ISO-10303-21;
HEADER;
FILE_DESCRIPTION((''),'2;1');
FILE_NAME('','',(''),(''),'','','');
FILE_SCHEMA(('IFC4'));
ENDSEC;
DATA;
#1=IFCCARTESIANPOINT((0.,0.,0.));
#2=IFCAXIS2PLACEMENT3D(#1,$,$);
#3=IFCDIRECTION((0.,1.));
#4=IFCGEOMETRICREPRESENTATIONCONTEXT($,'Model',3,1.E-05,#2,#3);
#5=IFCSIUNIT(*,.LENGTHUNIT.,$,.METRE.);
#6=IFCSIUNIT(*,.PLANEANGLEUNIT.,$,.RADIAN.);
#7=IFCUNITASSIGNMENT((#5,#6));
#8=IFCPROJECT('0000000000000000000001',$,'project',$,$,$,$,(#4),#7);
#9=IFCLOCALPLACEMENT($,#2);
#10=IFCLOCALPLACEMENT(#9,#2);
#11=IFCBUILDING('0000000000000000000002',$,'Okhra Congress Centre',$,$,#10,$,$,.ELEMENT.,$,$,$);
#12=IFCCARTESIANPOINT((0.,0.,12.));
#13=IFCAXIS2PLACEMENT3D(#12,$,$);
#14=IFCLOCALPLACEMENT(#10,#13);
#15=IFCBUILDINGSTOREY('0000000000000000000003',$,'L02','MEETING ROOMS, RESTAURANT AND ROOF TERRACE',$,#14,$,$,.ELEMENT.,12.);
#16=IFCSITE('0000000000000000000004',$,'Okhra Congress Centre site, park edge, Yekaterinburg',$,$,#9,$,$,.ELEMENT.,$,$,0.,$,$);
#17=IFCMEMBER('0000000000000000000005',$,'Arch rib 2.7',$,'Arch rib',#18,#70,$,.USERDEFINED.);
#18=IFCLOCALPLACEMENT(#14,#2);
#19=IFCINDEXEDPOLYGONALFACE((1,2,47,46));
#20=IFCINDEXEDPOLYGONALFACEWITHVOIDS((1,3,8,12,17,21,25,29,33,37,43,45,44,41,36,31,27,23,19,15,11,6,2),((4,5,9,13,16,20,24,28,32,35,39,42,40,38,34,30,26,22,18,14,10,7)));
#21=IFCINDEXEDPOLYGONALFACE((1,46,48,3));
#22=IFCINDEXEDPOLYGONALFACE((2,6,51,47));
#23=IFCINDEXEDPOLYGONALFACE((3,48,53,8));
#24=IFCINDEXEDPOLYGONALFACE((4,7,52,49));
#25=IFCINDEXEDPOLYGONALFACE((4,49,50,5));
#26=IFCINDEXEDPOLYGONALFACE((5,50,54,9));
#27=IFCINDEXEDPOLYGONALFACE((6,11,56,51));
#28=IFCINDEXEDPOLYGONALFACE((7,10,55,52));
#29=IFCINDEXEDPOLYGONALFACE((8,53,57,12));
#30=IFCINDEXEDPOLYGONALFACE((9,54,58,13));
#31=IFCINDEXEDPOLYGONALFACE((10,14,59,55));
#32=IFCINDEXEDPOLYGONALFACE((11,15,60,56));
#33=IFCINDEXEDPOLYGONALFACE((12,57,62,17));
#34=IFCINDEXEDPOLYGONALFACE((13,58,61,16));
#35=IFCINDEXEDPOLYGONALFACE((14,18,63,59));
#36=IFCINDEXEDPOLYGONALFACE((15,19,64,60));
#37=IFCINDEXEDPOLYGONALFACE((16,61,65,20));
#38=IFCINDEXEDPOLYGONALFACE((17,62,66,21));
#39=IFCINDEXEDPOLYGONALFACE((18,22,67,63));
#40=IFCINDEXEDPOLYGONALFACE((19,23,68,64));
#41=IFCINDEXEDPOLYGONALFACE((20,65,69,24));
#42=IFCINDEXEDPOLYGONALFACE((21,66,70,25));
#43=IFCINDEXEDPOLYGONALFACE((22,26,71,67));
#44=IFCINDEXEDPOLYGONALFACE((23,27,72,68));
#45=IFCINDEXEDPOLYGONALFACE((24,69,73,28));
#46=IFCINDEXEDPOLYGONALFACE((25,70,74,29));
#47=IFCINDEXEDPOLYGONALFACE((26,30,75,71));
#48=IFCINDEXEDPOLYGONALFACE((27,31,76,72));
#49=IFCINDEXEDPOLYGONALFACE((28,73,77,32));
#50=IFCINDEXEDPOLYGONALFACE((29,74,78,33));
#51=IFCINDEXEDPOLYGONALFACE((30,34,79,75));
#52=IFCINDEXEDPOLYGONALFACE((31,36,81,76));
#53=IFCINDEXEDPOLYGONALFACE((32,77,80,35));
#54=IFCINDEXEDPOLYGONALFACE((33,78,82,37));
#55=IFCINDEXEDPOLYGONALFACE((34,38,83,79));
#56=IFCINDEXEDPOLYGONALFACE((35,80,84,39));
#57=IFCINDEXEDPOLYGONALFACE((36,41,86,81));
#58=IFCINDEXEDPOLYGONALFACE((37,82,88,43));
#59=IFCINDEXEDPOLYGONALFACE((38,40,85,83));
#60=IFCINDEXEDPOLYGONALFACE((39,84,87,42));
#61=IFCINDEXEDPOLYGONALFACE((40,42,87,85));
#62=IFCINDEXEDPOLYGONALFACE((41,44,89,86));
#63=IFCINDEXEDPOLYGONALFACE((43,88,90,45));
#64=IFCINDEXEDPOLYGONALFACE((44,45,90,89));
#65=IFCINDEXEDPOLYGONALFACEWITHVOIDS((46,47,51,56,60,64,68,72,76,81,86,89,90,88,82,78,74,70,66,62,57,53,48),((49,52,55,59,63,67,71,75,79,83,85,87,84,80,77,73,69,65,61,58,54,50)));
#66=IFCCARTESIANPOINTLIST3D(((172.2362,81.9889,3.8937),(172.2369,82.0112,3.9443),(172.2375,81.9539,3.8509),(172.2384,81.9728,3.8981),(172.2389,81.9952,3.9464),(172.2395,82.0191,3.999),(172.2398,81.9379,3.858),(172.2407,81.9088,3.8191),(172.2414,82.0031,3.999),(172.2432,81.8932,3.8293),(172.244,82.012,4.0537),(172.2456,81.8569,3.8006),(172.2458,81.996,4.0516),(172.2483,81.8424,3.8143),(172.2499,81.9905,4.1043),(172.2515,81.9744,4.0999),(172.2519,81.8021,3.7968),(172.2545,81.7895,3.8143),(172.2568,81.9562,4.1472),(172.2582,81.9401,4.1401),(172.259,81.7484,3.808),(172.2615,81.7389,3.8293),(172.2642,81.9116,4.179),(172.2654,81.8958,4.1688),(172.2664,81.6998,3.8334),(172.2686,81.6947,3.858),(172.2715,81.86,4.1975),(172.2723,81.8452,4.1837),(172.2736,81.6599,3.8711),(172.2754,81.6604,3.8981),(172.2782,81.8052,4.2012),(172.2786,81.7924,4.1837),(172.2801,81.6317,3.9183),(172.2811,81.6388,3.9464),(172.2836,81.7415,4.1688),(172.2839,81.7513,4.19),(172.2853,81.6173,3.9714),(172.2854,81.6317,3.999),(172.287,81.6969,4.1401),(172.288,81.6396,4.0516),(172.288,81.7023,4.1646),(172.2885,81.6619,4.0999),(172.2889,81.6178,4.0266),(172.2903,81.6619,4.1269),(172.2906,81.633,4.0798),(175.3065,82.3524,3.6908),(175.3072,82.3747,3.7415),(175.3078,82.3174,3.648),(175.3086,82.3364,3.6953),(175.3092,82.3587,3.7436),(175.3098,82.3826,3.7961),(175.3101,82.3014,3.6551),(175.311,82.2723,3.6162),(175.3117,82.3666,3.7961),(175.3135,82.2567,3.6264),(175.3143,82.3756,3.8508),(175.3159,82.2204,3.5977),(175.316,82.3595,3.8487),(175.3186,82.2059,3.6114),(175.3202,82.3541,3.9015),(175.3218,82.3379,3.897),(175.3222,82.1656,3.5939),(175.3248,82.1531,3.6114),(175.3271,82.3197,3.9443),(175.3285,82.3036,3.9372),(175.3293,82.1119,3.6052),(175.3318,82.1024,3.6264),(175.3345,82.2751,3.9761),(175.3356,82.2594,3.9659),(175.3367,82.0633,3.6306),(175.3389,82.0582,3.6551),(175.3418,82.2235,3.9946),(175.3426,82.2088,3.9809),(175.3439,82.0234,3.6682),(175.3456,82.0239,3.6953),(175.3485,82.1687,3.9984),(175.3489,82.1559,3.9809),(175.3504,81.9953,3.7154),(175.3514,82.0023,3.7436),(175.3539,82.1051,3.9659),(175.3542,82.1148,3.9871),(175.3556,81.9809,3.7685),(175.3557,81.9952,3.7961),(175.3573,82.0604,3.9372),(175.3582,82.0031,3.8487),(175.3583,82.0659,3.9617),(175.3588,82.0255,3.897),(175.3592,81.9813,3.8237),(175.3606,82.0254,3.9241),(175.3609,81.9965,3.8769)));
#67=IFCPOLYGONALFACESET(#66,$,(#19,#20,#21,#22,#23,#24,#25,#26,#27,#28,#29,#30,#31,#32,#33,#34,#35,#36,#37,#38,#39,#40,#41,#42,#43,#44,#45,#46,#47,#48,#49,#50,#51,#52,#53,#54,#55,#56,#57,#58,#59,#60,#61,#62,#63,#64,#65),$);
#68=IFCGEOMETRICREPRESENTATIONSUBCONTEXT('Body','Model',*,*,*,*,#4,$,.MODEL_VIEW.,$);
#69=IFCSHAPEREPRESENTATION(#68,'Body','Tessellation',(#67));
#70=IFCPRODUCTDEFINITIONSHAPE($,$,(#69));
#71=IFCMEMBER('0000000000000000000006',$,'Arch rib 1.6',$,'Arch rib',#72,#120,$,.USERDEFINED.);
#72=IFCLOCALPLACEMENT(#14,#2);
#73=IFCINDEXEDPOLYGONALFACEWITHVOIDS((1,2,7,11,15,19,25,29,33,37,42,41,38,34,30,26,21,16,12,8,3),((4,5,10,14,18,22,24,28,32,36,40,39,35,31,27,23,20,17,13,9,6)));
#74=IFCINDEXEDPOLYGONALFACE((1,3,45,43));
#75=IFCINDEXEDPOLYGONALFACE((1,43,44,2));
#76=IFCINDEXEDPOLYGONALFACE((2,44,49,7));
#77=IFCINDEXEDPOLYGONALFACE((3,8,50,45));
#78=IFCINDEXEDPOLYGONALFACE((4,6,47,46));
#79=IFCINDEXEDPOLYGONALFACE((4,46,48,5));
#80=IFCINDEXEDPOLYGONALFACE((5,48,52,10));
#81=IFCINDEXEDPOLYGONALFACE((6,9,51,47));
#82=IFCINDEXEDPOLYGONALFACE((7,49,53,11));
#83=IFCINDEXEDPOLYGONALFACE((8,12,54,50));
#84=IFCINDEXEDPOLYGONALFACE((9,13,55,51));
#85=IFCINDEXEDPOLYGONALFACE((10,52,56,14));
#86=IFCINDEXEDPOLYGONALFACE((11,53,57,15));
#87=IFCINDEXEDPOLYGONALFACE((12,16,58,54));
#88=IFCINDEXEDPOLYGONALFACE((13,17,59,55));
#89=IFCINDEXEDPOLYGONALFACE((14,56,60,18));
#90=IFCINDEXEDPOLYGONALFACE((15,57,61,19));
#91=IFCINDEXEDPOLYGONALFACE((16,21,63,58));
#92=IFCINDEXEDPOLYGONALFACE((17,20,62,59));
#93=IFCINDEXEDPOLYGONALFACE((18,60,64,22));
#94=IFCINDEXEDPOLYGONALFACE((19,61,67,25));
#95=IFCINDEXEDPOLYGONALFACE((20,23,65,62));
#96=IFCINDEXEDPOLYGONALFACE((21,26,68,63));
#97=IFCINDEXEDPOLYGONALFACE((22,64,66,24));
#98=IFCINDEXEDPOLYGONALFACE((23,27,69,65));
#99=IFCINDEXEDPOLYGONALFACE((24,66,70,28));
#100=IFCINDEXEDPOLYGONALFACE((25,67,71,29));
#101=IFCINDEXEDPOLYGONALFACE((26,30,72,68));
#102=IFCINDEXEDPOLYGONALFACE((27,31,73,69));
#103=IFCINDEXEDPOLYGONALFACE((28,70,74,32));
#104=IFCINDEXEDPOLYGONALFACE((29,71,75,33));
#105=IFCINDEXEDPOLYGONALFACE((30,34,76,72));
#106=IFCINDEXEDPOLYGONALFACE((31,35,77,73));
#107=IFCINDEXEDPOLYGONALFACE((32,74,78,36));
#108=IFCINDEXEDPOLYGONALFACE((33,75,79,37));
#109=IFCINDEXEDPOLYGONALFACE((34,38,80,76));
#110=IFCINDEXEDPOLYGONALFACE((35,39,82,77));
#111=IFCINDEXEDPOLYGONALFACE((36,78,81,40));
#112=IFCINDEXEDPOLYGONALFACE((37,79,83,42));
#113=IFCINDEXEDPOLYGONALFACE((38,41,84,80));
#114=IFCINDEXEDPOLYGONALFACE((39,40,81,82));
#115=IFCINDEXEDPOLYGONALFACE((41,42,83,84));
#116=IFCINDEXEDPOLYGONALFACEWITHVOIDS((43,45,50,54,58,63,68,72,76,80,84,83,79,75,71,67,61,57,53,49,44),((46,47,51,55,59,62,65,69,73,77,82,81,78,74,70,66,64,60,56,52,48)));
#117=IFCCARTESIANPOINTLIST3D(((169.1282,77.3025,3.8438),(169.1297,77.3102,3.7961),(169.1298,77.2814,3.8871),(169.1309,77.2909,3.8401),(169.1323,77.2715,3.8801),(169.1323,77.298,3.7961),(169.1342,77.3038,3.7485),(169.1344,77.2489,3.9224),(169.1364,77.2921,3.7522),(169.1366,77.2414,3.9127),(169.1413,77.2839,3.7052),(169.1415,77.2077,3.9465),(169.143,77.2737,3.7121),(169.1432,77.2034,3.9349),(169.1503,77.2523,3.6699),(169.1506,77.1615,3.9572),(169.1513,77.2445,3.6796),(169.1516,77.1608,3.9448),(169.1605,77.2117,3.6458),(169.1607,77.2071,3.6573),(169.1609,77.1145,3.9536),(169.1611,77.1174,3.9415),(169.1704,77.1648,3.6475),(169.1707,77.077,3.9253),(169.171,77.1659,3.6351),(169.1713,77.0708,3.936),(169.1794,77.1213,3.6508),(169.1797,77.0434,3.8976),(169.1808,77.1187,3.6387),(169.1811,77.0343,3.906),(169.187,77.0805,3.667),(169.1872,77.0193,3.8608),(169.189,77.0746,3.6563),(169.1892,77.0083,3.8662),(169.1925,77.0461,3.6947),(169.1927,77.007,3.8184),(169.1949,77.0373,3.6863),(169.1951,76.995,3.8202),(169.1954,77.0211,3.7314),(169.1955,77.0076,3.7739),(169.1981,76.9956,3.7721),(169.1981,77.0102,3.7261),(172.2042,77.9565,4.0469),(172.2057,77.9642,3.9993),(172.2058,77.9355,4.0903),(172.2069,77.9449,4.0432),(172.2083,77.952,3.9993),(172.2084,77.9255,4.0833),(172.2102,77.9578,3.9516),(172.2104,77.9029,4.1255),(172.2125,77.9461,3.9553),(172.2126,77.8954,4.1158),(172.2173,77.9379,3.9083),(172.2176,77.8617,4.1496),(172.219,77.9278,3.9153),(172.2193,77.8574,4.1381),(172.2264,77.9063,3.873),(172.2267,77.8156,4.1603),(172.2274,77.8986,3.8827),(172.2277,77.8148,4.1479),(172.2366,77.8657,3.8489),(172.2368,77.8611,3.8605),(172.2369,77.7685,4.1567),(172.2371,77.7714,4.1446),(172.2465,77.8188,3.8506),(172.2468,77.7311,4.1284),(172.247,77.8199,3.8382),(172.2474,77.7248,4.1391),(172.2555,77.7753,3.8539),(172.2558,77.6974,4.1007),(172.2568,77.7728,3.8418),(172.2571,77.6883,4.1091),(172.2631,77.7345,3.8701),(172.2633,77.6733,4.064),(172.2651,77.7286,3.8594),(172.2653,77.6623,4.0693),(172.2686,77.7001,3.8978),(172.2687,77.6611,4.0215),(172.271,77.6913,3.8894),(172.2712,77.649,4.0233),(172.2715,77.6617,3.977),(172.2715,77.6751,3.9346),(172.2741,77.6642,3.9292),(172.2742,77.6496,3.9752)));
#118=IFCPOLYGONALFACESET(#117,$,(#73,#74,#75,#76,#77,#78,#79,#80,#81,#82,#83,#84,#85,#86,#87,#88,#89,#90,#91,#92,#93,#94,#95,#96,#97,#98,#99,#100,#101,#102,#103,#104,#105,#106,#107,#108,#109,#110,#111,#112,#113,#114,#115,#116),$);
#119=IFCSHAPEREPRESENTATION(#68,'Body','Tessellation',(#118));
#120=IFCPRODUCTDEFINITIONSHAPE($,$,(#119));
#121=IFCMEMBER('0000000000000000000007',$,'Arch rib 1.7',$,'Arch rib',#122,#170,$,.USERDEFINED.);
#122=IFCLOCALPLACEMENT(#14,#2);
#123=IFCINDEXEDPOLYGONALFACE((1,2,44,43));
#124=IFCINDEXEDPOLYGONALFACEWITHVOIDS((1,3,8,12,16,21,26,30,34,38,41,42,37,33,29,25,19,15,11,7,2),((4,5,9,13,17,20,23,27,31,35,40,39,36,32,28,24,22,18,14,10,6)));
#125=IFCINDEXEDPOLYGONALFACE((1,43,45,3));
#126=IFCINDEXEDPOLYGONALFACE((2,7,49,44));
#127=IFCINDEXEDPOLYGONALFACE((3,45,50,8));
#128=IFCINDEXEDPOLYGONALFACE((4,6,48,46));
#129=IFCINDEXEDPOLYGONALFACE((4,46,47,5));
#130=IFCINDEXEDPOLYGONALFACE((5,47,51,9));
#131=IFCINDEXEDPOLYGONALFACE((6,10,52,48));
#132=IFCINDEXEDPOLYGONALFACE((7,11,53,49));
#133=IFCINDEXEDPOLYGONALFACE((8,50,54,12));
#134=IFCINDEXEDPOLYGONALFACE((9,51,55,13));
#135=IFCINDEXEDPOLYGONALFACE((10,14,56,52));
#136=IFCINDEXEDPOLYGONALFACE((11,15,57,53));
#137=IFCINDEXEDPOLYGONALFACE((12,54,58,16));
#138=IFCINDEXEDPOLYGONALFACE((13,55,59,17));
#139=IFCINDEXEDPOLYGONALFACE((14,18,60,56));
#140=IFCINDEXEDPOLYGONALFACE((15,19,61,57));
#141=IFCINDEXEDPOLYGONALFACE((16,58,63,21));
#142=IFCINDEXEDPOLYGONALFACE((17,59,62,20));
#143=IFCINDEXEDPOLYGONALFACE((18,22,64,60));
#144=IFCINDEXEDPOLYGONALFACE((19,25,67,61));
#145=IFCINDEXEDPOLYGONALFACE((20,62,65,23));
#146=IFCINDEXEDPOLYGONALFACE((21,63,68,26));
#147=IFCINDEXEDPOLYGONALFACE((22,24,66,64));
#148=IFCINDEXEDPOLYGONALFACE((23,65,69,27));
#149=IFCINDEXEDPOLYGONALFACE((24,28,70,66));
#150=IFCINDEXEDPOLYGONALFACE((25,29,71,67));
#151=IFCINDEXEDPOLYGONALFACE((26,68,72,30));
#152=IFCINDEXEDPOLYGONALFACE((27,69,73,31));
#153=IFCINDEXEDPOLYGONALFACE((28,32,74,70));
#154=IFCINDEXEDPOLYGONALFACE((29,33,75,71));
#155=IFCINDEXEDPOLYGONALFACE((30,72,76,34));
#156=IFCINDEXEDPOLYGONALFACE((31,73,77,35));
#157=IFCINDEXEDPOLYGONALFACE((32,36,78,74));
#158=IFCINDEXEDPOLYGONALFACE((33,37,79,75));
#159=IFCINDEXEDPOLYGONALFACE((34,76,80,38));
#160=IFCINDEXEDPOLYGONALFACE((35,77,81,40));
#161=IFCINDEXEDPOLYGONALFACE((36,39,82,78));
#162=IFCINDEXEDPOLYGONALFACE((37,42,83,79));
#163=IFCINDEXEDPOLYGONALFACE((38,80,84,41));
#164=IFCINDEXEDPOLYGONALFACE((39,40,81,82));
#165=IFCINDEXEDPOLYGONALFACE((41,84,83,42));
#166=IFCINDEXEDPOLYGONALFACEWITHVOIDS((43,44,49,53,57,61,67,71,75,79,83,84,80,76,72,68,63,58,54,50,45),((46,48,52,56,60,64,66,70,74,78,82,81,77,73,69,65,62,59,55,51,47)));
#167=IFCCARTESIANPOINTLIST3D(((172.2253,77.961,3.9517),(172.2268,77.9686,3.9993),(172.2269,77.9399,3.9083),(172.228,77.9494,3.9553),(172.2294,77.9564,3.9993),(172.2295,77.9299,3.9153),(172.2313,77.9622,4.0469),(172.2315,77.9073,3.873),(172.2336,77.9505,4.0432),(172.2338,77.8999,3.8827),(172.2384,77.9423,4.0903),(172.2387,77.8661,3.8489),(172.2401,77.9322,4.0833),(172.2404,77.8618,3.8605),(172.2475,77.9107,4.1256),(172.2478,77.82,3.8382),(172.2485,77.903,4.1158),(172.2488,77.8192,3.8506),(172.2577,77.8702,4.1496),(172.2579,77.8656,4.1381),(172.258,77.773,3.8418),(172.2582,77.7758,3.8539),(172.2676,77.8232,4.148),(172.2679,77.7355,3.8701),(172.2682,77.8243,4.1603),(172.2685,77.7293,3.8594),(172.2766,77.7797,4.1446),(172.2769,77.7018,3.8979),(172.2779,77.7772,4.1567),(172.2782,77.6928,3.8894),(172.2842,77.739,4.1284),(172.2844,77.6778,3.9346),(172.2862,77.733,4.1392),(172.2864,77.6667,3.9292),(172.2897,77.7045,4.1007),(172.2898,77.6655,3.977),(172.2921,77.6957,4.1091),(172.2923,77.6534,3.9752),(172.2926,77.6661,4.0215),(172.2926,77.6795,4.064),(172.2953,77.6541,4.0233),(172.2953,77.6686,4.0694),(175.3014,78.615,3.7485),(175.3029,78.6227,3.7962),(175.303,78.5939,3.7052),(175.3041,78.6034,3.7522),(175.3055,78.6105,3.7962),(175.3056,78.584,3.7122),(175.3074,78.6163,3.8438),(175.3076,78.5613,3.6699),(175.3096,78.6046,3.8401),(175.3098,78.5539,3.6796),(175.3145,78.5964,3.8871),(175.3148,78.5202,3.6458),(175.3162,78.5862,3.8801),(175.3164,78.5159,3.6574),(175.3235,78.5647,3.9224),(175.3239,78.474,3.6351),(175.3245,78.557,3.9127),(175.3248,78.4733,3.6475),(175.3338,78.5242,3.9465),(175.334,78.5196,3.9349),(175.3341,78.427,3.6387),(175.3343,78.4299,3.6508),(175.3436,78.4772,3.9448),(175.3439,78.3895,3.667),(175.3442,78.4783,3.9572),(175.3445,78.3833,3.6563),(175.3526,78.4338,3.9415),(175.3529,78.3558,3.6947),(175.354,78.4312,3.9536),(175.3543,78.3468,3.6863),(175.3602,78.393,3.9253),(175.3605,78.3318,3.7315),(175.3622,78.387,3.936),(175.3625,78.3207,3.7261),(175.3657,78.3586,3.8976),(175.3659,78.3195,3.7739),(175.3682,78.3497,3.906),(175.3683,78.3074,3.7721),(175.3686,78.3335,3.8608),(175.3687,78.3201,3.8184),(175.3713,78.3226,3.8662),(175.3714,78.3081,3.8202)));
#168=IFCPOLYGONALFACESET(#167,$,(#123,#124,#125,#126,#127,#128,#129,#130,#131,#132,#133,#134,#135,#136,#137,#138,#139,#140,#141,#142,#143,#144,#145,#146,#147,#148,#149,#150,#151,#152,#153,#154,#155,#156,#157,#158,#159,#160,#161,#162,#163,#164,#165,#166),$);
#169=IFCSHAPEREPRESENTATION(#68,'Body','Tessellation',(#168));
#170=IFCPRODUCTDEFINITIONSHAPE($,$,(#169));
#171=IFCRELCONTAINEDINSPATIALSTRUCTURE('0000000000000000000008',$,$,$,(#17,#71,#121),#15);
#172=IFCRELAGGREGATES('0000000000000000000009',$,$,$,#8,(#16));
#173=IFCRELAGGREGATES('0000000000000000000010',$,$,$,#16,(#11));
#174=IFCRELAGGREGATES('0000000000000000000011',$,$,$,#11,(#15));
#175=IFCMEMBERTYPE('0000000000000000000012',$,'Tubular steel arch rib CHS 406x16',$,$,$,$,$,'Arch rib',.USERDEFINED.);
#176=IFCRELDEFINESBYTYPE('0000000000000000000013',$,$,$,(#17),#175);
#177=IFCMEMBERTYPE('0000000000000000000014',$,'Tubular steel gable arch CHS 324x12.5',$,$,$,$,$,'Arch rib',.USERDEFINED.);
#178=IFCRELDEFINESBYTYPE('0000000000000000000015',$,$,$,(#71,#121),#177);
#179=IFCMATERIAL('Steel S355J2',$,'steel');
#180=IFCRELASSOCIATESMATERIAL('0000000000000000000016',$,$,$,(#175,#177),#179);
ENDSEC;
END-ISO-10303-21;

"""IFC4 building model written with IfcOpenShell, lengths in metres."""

from ifc_helpers import new_model, si_unit, direction, frame, origin, origin_2d, place, context, subcontext, project, spatial, hollow_circle, extrude, material, material_profile, profile_set, type_object, element, save


model = new_model("IFC4")

# Units and contexts
model_context = context("Model", 3, precision=1e-05, world=origin(), true_north=direction((0.0, 1.0)))
body_context = subcontext(model_context, "Body", "Model", "MODEL_VIEW")
ifc_project = project(units=[si_unit("LENGTHUNIT", "METRE"), si_unit("PLANEANGLEUNIT", "RADIAN")], contexts=[model_context])

# Site, building, storey
site_placement = place(None, origin())
site = spatial("IfcSite", under=ifc_project, at=site_placement, Name="Okhra Congress Centre site, park edge, Yekaterinburg", CompositionType="ELEMENT", RefElevation=0.0)
building_placement = place(site_placement, origin())
building = spatial("IfcBuilding", under=site, at=building_placement, Name="Okhra Congress Centre", CompositionType="ELEMENT")
storey_placement = place(building_placement, frame((0.0, 0.0, 12.0)))
storey = spatial("IfcBuildingStorey", under=building, at=storey_placement, Name="L02", Description="MEETING ROOMS, RESTAURANT AND ROOF TERRACE", CompositionType="ELEMENT", Elevation=12.0)

# Shared definitions
ifc_material_1 = material(Name="Steel S355J2", Category="steel")

# Members
ifc_material_profile_1 = material_profile(ifc_material_1, hollow_circle(Radius=0.2031, WallThickness=0.0161, at=origin_2d()), Name="CHS 406.4x16")
ifc_profile_set_1 = profile_set([ifc_material_profile_1], Name="Steel S355J2")
member_type_1 = type_object("IfcMemberType", Name="Tubular steel arch rib CHS 406x16", ElementType="Arch rib", PredefinedType="USERDEFINED", material=ifc_profile_set_1)
for number, where, z_axis, x_axis, name in (
    (1, (172.2634, 81.8174, 3.999), (0.990932, 0.117327, -0.065479), (-0.117579, 0.993064, 0.0), "Arch rib 2.7"),
):
    element("IfcMember", number, at=place(storey_placement, frame(where, z_axis=z_axis, x_axis=x_axis)), inside=storey, type_object=member_type_1, Name=name, ObjectType="Arch rib", PredefinedType="USERDEFINED", context=body_context, shape_type="SweptSolid", body=[
        extrude(hollow_circle(Radius=0.2031, WallThickness=0.0161, at=origin_2d()), origin(), (0.0, 0.0, 1.0), 3.0984),
    ])
ifc_material_profile_2 = material_profile(ifc_material_1, hollow_circle(Radius=0.1619, WallThickness=0.0125, at=origin_2d()), Name="CHS 323.9x12.5")
ifc_profile_set_2 = profile_set([ifc_material_profile_2], Name="Steel S355J2")
member_type_2 = type_object("IfcMemberType", Name="Tubular steel gable arch CHS 324x12.5", ElementType="Arch rib", PredefinedType="USERDEFINED", material=ifc_profile_set_2)
for number, where, z_axis, x_axis, name in (
    (2, (169.1633, 77.1519, 3.7961), (0.976101, 0.207538, 0.064454), (-0.20797, 0.978135, 0.0), "Arch rib 1.6"),
    (3, (172.2605, 77.8103, 3.9993), (0.976101, 0.207538, -0.064454), (-0.20797, 0.978135, 0.0), "Arch rib 1.7"),
):
    element("IfcMember", number, at=place(storey_placement, frame(where, z_axis=z_axis, x_axis=x_axis)), inside=storey, type_object=member_type_2, Name=name, ObjectType="Arch rib", PredefinedType="USERDEFINED", context=body_context, shape_type="SweptSolid", body=[
        extrude(hollow_circle(Radius=0.1619, WallThickness=0.0125, at=origin_2d()), origin(), (0.0, 0.0, 1.0), 3.1514),
    ])

save(model, "model.ifc")
